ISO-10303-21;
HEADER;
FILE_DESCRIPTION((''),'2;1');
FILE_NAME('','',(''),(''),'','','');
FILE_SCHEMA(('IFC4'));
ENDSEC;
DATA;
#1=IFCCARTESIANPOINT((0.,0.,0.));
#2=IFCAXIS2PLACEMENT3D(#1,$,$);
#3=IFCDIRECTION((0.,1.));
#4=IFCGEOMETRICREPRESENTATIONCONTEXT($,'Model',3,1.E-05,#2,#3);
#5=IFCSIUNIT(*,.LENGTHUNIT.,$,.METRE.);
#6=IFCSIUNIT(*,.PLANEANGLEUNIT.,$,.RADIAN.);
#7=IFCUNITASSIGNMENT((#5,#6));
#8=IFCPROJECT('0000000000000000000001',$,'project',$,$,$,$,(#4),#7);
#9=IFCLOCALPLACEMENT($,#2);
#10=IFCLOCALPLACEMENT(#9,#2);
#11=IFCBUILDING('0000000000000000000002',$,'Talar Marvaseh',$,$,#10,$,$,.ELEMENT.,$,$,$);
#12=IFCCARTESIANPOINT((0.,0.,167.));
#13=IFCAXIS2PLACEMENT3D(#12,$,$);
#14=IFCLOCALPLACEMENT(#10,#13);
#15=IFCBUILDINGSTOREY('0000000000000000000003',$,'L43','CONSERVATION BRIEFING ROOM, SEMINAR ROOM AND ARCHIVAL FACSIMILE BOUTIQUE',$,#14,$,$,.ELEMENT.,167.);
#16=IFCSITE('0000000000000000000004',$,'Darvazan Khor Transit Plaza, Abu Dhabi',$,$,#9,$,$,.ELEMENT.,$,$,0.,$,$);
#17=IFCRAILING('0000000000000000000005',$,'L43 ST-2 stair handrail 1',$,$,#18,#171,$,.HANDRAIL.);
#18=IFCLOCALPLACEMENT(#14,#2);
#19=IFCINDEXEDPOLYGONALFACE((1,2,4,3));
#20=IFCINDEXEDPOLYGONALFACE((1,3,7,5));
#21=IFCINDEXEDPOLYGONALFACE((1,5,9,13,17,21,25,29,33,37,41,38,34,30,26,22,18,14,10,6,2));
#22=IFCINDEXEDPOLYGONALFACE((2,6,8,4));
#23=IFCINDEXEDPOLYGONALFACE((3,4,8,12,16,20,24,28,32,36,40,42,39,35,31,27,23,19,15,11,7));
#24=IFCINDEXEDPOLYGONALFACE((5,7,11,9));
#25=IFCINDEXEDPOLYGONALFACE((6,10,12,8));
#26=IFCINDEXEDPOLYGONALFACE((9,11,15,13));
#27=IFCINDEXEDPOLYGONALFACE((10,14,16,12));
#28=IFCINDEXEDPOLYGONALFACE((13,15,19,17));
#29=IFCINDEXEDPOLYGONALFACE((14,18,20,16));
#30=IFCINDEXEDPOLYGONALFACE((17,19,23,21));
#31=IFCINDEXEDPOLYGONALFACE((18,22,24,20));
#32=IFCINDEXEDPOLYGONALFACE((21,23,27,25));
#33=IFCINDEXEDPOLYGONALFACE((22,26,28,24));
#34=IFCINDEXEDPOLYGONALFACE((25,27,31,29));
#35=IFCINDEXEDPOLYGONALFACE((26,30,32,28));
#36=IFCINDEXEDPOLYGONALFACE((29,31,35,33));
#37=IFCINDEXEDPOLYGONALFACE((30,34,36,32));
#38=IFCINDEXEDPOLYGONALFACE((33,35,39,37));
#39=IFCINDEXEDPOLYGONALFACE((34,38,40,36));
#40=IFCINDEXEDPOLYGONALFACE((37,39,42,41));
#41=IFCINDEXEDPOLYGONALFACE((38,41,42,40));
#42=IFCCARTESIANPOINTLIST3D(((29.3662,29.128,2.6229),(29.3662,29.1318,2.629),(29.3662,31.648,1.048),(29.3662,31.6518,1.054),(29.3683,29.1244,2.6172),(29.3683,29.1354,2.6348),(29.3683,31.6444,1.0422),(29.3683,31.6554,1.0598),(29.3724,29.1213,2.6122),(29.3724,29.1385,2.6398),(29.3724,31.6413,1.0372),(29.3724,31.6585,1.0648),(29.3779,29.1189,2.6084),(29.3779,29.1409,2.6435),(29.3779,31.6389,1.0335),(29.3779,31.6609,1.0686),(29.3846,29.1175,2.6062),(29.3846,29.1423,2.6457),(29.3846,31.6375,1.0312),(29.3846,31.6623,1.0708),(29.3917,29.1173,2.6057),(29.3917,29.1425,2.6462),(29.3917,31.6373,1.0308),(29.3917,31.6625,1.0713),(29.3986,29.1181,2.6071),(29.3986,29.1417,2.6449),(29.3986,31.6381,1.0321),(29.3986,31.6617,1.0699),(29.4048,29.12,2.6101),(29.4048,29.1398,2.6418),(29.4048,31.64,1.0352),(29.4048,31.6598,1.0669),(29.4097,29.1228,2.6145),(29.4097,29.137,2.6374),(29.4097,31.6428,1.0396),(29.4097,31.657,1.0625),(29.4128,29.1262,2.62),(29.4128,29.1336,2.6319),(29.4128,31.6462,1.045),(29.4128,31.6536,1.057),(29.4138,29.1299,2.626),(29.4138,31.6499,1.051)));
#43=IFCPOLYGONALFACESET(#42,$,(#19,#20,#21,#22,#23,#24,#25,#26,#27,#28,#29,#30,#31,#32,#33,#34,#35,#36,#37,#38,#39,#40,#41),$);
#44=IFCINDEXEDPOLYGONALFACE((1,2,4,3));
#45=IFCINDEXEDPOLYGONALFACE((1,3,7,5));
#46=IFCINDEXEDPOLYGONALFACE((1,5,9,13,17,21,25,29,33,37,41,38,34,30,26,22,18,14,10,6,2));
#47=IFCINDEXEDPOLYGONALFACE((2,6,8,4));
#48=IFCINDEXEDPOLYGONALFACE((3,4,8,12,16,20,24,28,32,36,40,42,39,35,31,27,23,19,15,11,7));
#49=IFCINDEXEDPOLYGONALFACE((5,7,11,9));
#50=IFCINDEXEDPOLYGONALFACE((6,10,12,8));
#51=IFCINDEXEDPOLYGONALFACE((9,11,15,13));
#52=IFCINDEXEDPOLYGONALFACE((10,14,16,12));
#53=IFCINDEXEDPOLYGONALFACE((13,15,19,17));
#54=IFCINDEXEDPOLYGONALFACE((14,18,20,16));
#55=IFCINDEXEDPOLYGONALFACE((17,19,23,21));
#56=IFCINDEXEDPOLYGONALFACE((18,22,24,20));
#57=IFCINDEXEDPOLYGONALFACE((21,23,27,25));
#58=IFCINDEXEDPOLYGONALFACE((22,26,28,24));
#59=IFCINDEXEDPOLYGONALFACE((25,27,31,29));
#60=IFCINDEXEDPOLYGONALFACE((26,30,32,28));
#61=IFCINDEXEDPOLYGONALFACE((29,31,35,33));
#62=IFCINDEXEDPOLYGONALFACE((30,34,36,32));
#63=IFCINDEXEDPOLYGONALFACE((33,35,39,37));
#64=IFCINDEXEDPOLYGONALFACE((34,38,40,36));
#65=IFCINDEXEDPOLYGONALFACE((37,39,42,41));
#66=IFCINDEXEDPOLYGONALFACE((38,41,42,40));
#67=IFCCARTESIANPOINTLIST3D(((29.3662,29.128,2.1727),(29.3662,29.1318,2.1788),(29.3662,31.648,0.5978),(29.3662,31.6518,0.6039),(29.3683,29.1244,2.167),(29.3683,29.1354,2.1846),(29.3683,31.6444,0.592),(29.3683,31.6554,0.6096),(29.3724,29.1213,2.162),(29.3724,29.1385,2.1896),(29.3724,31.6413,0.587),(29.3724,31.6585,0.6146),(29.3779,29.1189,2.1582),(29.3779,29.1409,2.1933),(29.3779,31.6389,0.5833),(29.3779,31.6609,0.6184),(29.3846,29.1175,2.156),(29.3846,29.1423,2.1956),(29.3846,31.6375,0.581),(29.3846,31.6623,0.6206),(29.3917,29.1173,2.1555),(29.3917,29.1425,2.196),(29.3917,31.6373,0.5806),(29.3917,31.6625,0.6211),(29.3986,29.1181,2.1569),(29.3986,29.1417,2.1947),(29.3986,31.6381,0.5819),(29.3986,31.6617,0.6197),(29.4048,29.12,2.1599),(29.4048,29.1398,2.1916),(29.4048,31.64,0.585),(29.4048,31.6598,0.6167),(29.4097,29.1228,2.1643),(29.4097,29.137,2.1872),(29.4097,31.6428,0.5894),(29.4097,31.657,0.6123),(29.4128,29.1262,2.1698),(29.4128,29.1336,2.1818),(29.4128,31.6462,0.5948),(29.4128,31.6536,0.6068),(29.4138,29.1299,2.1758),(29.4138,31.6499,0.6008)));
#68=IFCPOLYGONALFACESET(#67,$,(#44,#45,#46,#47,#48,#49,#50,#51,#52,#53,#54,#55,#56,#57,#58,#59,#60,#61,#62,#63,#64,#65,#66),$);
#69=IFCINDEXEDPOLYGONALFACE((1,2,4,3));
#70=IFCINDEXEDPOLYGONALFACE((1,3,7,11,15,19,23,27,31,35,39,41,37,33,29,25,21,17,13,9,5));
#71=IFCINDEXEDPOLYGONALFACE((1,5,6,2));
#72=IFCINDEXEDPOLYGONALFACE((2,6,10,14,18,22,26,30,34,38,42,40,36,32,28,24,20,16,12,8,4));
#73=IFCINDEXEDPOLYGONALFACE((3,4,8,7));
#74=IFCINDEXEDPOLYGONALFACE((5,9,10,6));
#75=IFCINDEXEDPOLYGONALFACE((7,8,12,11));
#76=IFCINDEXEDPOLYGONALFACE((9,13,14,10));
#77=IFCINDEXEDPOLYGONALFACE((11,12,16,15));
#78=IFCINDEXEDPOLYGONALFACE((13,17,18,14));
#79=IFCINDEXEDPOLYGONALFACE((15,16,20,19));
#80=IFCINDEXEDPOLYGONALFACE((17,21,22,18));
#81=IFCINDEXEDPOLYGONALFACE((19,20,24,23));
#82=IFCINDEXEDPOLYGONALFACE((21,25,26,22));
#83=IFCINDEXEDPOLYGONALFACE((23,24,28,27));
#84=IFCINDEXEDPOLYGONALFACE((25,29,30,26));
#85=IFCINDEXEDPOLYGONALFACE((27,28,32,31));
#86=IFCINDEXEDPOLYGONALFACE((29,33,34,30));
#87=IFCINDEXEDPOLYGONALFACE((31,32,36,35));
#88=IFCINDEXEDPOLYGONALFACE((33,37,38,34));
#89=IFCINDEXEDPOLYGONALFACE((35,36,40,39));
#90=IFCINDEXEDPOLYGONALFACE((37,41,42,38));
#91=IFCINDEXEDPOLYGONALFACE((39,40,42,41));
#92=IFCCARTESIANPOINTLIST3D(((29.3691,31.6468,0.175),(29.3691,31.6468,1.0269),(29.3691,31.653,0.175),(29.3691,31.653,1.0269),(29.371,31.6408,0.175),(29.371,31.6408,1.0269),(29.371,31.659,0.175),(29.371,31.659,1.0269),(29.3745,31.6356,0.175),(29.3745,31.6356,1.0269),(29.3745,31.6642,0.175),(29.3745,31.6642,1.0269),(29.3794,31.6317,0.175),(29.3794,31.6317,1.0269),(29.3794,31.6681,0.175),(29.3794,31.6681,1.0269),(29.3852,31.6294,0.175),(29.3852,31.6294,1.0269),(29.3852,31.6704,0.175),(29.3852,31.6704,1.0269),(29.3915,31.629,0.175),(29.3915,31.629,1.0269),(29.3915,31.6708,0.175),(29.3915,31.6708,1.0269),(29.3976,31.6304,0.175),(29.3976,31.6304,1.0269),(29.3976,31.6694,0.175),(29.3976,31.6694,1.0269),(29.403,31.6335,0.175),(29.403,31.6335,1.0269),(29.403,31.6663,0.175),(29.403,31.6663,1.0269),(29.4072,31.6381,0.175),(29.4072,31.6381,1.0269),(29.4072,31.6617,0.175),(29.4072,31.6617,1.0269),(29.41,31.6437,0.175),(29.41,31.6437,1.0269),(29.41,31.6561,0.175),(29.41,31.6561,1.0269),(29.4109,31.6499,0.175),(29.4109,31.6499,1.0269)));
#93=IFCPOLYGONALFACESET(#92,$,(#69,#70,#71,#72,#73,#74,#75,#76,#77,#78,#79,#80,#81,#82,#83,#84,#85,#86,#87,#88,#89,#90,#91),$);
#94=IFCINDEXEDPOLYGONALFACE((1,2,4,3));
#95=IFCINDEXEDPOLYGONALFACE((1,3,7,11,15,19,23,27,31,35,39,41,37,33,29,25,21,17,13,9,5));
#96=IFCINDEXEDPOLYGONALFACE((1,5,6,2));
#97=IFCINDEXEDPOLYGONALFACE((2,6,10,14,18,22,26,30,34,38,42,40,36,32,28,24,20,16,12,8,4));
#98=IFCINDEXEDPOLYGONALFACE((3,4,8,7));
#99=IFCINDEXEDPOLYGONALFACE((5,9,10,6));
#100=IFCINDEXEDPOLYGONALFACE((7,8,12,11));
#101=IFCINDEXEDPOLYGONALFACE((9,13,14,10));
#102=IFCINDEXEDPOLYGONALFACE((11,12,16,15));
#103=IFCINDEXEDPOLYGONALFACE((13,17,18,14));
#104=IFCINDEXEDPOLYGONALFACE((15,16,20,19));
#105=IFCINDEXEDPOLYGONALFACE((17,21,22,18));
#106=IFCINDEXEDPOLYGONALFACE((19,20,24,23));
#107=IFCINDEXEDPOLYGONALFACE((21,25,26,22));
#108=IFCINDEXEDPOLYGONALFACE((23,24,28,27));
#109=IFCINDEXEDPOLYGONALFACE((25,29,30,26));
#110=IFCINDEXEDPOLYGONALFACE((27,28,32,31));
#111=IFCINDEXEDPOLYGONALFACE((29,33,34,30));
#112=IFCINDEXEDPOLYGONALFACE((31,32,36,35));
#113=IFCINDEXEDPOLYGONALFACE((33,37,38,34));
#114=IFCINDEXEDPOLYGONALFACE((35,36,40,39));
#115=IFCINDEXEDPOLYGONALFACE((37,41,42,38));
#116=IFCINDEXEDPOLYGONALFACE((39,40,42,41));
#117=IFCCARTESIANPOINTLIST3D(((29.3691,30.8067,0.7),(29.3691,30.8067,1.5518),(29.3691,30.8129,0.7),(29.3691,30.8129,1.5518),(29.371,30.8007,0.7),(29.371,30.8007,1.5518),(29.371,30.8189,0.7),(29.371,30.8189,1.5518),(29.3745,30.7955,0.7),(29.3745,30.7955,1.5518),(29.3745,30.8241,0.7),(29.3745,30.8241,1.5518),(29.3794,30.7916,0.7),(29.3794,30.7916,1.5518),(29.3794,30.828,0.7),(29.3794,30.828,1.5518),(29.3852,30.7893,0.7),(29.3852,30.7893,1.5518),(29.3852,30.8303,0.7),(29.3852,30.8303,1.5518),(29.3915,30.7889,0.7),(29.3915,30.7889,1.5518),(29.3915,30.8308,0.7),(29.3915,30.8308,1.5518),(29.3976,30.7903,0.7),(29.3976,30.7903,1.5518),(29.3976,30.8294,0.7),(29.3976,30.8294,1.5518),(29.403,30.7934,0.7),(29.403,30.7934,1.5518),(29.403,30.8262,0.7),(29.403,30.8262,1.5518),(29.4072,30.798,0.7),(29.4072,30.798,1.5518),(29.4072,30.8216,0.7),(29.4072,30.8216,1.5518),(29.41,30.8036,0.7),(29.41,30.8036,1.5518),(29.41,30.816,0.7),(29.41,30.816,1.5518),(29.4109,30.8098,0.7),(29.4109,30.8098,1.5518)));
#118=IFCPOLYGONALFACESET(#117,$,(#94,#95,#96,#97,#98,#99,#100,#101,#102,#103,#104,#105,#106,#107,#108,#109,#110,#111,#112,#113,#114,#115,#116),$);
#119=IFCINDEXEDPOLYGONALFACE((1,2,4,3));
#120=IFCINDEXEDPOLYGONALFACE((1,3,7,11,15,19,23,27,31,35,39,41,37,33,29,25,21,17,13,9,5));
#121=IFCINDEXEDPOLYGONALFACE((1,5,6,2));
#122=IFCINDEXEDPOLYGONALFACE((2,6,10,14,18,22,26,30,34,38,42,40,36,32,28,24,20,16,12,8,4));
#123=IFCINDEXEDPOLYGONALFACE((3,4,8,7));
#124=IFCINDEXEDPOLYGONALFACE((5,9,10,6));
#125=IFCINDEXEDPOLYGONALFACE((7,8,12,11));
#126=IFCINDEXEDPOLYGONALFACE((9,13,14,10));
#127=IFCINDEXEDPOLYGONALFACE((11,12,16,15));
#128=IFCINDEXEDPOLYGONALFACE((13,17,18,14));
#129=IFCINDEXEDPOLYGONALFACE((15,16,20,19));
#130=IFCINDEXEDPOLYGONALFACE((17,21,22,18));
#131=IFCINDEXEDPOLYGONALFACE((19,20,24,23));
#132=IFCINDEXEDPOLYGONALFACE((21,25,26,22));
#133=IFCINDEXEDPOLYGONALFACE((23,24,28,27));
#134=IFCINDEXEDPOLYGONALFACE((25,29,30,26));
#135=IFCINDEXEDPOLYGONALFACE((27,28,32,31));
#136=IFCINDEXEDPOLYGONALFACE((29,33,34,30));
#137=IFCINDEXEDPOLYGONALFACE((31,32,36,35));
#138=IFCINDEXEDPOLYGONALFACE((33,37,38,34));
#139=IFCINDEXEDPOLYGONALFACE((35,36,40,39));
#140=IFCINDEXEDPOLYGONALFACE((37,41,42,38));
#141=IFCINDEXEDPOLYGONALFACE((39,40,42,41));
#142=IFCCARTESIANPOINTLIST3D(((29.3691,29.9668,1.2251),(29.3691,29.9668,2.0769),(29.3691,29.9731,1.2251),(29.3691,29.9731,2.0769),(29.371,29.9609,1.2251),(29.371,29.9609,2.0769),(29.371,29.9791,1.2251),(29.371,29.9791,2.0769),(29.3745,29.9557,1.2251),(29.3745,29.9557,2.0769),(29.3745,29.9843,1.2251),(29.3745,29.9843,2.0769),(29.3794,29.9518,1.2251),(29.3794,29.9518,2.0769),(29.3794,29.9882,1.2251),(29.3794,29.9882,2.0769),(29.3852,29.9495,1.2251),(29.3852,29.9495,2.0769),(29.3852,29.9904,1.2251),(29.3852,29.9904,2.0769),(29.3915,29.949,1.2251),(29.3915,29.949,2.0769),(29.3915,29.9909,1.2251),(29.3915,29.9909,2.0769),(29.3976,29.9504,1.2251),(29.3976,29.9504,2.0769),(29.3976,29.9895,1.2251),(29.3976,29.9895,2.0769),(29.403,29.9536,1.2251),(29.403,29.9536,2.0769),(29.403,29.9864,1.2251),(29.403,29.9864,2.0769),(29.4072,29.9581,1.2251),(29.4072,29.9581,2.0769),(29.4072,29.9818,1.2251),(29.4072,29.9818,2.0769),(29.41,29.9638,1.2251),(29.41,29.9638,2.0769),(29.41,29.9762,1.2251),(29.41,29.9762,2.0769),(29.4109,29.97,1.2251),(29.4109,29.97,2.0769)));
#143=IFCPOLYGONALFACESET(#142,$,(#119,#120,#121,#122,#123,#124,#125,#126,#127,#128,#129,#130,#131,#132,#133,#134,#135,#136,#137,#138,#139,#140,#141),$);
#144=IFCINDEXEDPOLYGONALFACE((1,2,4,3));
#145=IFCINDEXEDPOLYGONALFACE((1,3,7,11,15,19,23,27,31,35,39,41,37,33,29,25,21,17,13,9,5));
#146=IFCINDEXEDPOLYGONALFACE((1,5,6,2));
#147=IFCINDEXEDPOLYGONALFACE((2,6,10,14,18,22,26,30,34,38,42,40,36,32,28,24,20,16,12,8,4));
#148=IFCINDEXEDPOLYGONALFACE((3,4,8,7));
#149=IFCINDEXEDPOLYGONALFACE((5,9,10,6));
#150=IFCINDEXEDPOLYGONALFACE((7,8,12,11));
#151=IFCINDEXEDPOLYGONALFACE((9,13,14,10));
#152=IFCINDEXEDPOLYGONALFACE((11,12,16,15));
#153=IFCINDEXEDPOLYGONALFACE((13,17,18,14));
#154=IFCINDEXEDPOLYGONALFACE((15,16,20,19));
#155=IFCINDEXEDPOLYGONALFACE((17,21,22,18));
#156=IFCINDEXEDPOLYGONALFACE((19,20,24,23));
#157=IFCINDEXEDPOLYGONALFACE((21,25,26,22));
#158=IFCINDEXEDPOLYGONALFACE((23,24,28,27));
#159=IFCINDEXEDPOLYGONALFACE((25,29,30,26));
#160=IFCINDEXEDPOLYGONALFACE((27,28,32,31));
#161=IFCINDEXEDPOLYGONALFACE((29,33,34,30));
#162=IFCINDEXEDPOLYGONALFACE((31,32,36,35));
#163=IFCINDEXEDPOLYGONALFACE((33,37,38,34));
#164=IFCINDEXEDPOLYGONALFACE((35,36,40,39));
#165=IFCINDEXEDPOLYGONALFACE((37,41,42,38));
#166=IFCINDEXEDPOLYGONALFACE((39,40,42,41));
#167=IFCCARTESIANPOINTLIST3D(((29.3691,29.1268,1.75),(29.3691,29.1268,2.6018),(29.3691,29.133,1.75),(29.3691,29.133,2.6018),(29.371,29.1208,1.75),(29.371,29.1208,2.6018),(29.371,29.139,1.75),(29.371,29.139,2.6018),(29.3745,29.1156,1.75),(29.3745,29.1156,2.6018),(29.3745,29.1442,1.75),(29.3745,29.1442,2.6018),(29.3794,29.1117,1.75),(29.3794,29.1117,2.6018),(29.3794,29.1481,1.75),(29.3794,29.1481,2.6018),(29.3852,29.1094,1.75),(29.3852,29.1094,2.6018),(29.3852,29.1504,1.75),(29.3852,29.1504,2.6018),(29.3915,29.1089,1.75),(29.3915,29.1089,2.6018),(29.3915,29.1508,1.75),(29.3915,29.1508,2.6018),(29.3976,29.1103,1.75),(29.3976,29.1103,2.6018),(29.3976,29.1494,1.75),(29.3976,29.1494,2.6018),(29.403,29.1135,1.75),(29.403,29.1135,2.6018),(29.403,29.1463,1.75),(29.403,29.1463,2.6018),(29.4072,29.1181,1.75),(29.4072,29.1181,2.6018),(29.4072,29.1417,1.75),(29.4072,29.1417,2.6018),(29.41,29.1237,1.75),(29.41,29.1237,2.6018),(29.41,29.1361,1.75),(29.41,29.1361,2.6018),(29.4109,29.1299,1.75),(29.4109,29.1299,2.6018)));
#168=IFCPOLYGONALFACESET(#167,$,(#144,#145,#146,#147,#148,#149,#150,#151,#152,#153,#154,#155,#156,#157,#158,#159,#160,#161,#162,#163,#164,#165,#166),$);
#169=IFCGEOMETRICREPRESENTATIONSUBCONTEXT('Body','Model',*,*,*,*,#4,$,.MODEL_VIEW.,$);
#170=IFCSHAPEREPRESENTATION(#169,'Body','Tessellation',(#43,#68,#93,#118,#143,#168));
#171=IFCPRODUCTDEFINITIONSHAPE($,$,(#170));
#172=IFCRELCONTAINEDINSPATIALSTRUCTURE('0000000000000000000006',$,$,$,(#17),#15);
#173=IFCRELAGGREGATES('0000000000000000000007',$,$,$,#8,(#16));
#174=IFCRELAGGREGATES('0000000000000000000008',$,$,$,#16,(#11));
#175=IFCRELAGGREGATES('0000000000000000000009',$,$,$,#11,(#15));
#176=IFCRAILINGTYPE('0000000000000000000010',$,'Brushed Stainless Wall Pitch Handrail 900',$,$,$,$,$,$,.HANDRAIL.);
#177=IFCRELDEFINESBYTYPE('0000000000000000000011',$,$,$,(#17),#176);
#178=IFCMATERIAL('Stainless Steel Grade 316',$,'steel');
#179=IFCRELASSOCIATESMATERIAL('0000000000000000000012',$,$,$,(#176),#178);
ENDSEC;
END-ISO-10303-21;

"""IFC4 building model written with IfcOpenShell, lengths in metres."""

from ifc_helpers import new_model, si_unit, direction, frame, origin, origin_2d, place, context, subcontext, project, spatial, circle, extrude, material, type_object, element, save


model = new_model("IFC4")

# Units and contexts
model_context = context("Model", 3, precision=1e-05, world=origin(), true_north=direction((0.0, 1.0)))
body_context = subcontext(model_context, "Body", "Model", "MODEL_VIEW")
ifc_project = project(units=[si_unit("LENGTHUNIT", "METRE"), si_unit("PLANEANGLEUNIT", "RADIAN")], contexts=[model_context])

# Site, building, storey
site_placement = place(None, origin())
site = spatial("IfcSite", under=ifc_project, at=site_placement, Name="Darvazan Khor Transit Plaza, Abu Dhabi", CompositionType="ELEMENT", RefElevation=0.0)
building_placement = place(site_placement, origin())
building = spatial("IfcBuilding", under=site, at=building_placement, Name="Talar Marvaseh", CompositionType="ELEMENT")
storey_placement = place(building_placement, frame((0.0, 0.0, 167.0)))
storey = spatial("IfcBuildingStorey", under=building, at=storey_placement, Name="L43", Description="CONSERVATION BRIEFING ROOM, SEMINAR ROOM AND ARCHIVAL FACSIMILE BOUTIQUE", CompositionType="ELEMENT", Elevation=167.0)

# Shared definitions
ifc_material_1 = material(Name="Stainless Steel Grade 316", Category="steel")

# Railing
railing_type_1 = type_object("IfcRailingType", Name="Brushed Stainless Wall Pitch Handrail 900", PredefinedType="HANDRAIL", material=ifc_material_1)
railing_1_placement = place(storey_placement, frame((29.3899, 31.6499, 0.175)))
element("IfcRailing", 1, at=railing_1_placement, inside=storey, type_object=railing_type_1, Name="L43 ST-2 stair handrail 1", PredefinedType="HANDRAIL", context=body_context, shape_type="SweptSolid", body=[
    extrude(circle(Radius=0.0239, at=origin_2d()), frame((0.0, 0.0, 0.876), z_axis=(0.0, -0.848008, 0.529984), x_axis=(1.0, 0.0, 0.0)), (0.0, 0.0, 1.0), 2.9717),
    extrude(circle(Radius=0.0239, at=origin_2d()), frame((0.0, 0.0, 0.4258), z_axis=(0.0, -0.848008, 0.529984), x_axis=(1.0, 0.0, 0.0)), (0.0, 0.0, 1.0), 2.9717),
    extrude(circle(Radius=0.021, at=origin_2d()), origin(), (0.0, 0.0, 1.0), 0.8518),
    extrude(circle(Radius=0.021, at=origin_2d()), frame((0.0, -0.8401, 0.5249)), (0.0, 0.0, 1.0), 0.8518),
    extrude(circle(Radius=0.021, at=origin_2d()), frame((0.0, -1.6799, 1.05)), (0.0, 0.0, 1.0), 0.8518),
    extrude(circle(Radius=0.021, at=origin_2d()), frame((0.0, -2.52, 1.575)), (0.0, 0.0, 1.0), 0.8518),
])

save(model, "model.ifc")
